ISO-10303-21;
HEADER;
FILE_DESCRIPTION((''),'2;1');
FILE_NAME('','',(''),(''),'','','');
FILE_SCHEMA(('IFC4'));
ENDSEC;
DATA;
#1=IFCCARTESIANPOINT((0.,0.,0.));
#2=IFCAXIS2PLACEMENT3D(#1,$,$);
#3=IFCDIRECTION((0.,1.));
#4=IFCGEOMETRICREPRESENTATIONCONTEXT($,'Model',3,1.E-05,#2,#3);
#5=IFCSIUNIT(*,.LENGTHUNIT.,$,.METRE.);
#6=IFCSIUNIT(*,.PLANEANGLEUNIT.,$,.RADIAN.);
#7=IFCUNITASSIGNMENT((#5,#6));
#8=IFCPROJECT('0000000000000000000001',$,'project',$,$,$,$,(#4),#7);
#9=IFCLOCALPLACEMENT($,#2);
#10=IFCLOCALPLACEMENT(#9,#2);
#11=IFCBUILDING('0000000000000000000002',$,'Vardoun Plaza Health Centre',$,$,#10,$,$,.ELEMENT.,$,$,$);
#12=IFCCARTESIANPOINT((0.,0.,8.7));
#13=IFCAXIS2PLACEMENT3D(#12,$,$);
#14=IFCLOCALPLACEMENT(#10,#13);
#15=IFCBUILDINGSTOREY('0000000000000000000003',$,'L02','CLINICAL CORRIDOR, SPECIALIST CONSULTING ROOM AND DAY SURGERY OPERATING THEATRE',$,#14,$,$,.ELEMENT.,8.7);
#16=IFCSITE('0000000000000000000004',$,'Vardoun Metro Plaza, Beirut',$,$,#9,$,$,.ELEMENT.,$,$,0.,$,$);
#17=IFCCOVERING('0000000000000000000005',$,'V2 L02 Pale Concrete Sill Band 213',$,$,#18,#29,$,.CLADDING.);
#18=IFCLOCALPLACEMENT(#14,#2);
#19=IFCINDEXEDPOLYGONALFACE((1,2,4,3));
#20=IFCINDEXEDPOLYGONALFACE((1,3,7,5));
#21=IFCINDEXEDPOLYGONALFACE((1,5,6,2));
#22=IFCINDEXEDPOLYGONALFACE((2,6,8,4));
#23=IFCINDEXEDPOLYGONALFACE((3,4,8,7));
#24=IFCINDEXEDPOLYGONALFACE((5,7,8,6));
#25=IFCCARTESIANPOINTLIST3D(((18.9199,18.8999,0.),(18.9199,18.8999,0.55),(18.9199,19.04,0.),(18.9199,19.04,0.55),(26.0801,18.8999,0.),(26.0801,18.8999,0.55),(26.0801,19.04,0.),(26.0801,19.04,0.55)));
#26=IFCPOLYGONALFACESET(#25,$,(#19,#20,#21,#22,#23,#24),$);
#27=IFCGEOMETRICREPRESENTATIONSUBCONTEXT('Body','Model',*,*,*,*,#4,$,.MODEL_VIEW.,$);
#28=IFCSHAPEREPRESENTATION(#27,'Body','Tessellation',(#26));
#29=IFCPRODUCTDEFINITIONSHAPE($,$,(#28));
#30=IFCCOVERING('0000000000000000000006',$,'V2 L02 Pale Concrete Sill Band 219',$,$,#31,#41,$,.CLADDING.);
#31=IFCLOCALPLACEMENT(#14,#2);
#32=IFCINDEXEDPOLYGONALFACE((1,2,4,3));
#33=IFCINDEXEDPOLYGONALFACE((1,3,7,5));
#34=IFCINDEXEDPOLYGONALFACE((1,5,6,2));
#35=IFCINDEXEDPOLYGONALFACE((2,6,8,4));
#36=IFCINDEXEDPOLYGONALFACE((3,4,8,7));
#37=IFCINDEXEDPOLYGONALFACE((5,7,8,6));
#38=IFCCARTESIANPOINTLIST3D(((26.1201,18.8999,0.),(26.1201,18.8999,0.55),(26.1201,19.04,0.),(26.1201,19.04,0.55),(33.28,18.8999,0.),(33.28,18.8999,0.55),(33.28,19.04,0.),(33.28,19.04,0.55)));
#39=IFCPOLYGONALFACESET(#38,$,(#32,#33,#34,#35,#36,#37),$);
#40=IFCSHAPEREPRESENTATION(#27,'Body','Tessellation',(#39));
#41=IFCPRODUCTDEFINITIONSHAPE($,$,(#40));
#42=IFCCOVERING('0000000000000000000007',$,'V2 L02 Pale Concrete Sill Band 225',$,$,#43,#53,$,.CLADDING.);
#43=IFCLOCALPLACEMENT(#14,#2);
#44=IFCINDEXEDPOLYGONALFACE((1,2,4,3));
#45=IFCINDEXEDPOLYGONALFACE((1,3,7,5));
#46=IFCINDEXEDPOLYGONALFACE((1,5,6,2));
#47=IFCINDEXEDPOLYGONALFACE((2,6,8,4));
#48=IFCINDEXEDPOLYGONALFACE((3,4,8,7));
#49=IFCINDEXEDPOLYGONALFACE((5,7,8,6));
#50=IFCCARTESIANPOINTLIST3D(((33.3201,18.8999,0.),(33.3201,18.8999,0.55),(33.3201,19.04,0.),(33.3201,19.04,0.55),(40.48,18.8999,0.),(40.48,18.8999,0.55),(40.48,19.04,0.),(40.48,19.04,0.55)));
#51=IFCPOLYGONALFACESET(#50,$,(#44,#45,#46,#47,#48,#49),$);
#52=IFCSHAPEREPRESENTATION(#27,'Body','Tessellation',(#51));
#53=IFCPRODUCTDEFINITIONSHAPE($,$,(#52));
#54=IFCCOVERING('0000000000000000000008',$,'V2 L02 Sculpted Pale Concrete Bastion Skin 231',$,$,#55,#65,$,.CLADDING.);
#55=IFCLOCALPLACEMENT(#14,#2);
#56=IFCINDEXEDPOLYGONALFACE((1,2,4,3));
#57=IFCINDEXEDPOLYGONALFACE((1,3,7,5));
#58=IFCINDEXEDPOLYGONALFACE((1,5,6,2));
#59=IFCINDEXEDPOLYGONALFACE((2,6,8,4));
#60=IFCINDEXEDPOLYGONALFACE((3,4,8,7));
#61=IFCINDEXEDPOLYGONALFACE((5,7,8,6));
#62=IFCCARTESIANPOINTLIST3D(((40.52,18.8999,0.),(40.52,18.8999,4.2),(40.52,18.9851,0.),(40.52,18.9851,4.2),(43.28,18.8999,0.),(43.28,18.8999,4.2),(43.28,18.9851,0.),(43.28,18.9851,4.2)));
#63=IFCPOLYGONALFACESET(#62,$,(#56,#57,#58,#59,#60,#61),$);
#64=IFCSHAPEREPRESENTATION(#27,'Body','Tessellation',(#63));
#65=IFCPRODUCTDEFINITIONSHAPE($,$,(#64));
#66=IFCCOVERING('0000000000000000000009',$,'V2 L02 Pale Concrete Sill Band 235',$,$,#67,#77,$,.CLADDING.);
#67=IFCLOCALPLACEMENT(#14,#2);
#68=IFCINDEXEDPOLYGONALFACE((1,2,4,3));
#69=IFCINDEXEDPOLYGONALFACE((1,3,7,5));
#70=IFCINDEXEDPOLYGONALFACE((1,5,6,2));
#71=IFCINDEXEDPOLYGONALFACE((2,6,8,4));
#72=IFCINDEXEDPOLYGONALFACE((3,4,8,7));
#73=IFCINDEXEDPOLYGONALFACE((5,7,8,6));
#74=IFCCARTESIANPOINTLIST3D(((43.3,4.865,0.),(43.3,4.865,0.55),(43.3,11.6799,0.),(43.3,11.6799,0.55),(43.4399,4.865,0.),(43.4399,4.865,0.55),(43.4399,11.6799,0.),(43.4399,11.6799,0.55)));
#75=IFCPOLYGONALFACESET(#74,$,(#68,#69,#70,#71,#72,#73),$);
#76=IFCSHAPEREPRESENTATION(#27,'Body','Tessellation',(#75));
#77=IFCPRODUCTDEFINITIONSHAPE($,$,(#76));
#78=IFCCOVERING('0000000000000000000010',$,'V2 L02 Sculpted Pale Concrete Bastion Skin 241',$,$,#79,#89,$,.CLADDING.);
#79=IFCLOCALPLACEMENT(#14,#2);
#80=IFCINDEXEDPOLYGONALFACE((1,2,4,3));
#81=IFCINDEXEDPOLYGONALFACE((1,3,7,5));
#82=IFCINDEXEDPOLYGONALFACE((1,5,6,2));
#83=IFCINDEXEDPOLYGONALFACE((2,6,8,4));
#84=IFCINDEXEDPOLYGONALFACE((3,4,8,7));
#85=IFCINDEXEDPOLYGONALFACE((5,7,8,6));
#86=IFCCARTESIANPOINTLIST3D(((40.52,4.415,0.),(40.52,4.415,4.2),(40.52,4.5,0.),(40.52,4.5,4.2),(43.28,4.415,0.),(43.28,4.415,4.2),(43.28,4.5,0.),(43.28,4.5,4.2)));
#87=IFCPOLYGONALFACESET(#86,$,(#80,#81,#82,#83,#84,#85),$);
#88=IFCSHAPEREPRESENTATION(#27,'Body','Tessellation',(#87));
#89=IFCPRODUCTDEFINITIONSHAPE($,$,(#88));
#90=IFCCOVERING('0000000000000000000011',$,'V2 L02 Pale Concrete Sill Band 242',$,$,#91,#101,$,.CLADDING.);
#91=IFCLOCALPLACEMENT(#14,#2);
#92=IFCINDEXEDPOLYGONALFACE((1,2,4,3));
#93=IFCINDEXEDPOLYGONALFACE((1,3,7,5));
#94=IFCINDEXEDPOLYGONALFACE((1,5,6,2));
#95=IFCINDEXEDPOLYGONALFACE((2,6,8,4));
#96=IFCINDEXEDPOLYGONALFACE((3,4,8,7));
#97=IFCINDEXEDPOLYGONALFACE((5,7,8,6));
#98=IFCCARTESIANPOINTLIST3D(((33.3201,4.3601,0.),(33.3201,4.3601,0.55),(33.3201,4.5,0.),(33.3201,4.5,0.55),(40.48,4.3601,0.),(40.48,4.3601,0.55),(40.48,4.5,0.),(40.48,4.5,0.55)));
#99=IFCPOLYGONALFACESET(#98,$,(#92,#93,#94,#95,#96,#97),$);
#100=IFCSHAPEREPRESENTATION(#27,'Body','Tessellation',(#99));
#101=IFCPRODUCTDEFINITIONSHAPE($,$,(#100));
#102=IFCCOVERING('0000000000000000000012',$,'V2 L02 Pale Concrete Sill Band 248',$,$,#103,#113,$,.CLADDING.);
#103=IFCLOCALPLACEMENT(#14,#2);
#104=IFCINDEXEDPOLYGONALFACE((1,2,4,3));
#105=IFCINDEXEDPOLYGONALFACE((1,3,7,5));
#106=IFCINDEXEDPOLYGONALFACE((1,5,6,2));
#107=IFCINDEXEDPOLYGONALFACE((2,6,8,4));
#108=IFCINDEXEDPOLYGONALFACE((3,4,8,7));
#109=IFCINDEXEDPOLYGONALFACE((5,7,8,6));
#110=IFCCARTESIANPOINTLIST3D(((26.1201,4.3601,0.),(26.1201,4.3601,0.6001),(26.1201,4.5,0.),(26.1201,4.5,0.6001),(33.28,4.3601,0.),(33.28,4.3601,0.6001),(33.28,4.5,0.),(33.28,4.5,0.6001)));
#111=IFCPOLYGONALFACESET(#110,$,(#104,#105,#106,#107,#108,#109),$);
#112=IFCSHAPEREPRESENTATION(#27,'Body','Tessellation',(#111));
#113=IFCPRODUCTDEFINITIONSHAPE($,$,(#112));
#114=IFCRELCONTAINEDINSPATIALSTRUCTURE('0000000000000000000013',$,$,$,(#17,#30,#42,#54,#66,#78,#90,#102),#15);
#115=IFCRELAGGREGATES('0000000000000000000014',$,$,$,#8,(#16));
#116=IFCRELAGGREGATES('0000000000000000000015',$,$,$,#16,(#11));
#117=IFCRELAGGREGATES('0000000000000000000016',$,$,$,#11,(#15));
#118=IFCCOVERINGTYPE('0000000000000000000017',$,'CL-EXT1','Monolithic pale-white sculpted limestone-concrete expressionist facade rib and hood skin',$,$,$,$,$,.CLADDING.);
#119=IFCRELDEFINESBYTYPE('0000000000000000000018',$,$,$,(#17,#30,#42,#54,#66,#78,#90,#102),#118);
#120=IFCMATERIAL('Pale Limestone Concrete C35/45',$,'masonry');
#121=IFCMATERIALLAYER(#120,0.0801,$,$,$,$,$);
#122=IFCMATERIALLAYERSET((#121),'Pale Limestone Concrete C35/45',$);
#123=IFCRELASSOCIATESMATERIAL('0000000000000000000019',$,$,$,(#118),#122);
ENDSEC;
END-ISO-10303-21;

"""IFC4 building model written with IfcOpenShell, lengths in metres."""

from ifc_helpers import new_model, si_unit, direction, frame, origin, place, context, subcontext, project, spatial, polyline, outline, extrude, material, layer, layer_set, type_object, element, save


model = new_model("IFC4")

# Units and contexts
model_context = context("Model", 3, precision=1e-05, world=origin(), true_north=direction((0.0, 1.0)))
body_context = subcontext(model_context, "Body", "Model", "MODEL_VIEW")
ifc_project = project(units=[si_unit("LENGTHUNIT", "METRE"), si_unit("PLANEANGLEUNIT", "RADIAN")], contexts=[model_context])

# Site, building, storey
site_placement = place(None, origin())
site = spatial("IfcSite", under=ifc_project, at=site_placement, Name="Vardoun Metro Plaza, Beirut", CompositionType="ELEMENT", RefElevation=0.0)
building_placement = place(site_placement, origin())
building = spatial("IfcBuilding", under=site, at=building_placement, Name="Vardoun Plaza Health Centre", CompositionType="ELEMENT")
storey_placement = place(building_placement, frame((0.0, 0.0, 8.7)))
storey = spatial("IfcBuildingStorey", under=building, at=storey_placement, Name="L02", Description="CLINICAL CORRIDOR, SPECIALIST CONSULTING ROOM AND DAY SURGERY OPERATING THEATRE", CompositionType="ELEMENT", Elevation=8.7)

# Coverings
ifc_material_1 = material(Name="Pale Limestone Concrete C35/45", Category="masonry")
ifc_layer_1 = layer(ifc_material_1, 0.0801)
ifc_layer_set_1 = layer_set([ifc_layer_1], Name="Pale Limestone Concrete C35/45")
covering_type = type_object("IfcCoveringType", Name="CL-EXT1", Description="Monolithic pale-white sculpted limestone-concrete expressionist facade rib and hood skin", PredefinedType="CLADDING", material=ifc_layer_set_1)
covering_1_placement = place(storey_placement, origin())
element("IfcCovering", 1, at=covering_1_placement, inside=storey, type_object=covering_type, Name="V2 L02 Pale Concrete Sill Band 213", PredefinedType="CLADDING", context=body_context, shape_type="SweptSolid", body=[
    extrude(outline(polyline([(18.9199, 18.8999), (26.0801, 18.8999), (26.0801, 19.04), (18.9199, 19.04), (18.9199, 18.8999)])), origin(), (0.0, 0.0, 1.0), 0.55),
])
covering_2_placement = place(storey_placement, origin())
element("IfcCovering", 2, at=covering_2_placement, inside=storey, type_object=covering_type, Name="V2 L02 Pale Concrete Sill Band 219", PredefinedType="CLADDING", context=body_context, shape_type="SweptSolid", body=[
    extrude(outline(polyline([(26.1201, 18.8999), (33.28, 18.8999), (33.28, 19.04), (26.1201, 19.04), (26.1201, 18.8999)])), origin(), (0.0, 0.0, 1.0), 0.55),
])
covering_3_placement = place(storey_placement, origin())
element("IfcCovering", 3, at=covering_3_placement, inside=storey, type_object=covering_type, Name="V2 L02 Pale Concrete Sill Band 225", PredefinedType="CLADDING", context=body_context, shape_type="SweptSolid", body=[
    extrude(outline(polyline([(33.3201, 18.8999), (40.48, 18.8999), (40.48, 19.04), (33.3201, 19.04), (33.3201, 18.8999)])), origin(), (0.0, 0.0, 1.0), 0.55),
])
covering_4_placement = place(storey_placement, origin())
element("IfcCovering", 4, at=covering_4_placement, inside=storey, type_object=covering_type, Name="V2 L02 Sculpted Pale Concrete Bastion Skin 231", PredefinedType="CLADDING", context=body_context, shape_type="SweptSolid", body=[
    extrude(outline(polyline([(40.52, 18.8999), (43.28, 18.8999), (43.28, 18.9851), (40.52, 18.9851), (40.52, 18.8999)])), origin(), (0.0, 0.0, 1.0), 4.2),
])
covering_5_placement = place(storey_placement, origin())
element("IfcCovering", 5, at=covering_5_placement, inside=storey, type_object=covering_type, Name="V2 L02 Pale Concrete Sill Band 235", PredefinedType="CLADDING", context=body_context, shape_type="SweptSolid", body=[
    extrude(outline(polyline([(43.3, 11.6799), (43.3, 4.865), (43.4399, 4.865), (43.4399, 11.6799), (43.3, 11.6799)])), origin(), (0.0, 0.0, 1.0), 0.55),
])
covering_6_placement = place(storey_placement, origin())
element("IfcCovering", 6, at=covering_6_placement, inside=storey, type_object=covering_type, Name="V2 L02 Sculpted Pale Concrete Bastion Skin 241", PredefinedType="CLADDING", context=body_context, shape_type="SweptSolid", body=[
    extrude(outline(polyline([(43.28, 4.5), (40.52, 4.5), (40.52, 4.415), (43.28, 4.415), (43.28, 4.5)])), origin(), (0.0, 0.0, 1.0), 4.2),
])
covering_7_placement = place(storey_placement, origin())
element("IfcCovering", 7, at=covering_7_placement, inside=storey, type_object=covering_type, Name="V2 L02 Pale Concrete Sill Band 242", PredefinedType="CLADDING", context=body_context, shape_type="SweptSolid", body=[
    extrude(outline(polyline([(40.48, 4.5), (33.3201, 4.5), (33.3201, 4.3601), (40.48, 4.3601), (40.48, 4.5)])), origin(), (0.0, 0.0, 1.0), 0.55),
])
covering_8_placement = place(storey_placement, origin())
element("IfcCovering", 8, at=covering_8_placement, inside=storey, type_object=covering_type, Name="V2 L02 Pale Concrete Sill Band 248", PredefinedType="CLADDING", context=body_context, shape_type="SweptSolid", body=[
    extrude(outline(polyline([(33.28, 4.5), (26.1201, 4.5), (26.1201, 4.3601), (33.28, 4.3601), (33.28, 4.5)])), origin(), (0.0, 0.0, 1.0), 0.6001),
])

save(model, "model.ifc")
